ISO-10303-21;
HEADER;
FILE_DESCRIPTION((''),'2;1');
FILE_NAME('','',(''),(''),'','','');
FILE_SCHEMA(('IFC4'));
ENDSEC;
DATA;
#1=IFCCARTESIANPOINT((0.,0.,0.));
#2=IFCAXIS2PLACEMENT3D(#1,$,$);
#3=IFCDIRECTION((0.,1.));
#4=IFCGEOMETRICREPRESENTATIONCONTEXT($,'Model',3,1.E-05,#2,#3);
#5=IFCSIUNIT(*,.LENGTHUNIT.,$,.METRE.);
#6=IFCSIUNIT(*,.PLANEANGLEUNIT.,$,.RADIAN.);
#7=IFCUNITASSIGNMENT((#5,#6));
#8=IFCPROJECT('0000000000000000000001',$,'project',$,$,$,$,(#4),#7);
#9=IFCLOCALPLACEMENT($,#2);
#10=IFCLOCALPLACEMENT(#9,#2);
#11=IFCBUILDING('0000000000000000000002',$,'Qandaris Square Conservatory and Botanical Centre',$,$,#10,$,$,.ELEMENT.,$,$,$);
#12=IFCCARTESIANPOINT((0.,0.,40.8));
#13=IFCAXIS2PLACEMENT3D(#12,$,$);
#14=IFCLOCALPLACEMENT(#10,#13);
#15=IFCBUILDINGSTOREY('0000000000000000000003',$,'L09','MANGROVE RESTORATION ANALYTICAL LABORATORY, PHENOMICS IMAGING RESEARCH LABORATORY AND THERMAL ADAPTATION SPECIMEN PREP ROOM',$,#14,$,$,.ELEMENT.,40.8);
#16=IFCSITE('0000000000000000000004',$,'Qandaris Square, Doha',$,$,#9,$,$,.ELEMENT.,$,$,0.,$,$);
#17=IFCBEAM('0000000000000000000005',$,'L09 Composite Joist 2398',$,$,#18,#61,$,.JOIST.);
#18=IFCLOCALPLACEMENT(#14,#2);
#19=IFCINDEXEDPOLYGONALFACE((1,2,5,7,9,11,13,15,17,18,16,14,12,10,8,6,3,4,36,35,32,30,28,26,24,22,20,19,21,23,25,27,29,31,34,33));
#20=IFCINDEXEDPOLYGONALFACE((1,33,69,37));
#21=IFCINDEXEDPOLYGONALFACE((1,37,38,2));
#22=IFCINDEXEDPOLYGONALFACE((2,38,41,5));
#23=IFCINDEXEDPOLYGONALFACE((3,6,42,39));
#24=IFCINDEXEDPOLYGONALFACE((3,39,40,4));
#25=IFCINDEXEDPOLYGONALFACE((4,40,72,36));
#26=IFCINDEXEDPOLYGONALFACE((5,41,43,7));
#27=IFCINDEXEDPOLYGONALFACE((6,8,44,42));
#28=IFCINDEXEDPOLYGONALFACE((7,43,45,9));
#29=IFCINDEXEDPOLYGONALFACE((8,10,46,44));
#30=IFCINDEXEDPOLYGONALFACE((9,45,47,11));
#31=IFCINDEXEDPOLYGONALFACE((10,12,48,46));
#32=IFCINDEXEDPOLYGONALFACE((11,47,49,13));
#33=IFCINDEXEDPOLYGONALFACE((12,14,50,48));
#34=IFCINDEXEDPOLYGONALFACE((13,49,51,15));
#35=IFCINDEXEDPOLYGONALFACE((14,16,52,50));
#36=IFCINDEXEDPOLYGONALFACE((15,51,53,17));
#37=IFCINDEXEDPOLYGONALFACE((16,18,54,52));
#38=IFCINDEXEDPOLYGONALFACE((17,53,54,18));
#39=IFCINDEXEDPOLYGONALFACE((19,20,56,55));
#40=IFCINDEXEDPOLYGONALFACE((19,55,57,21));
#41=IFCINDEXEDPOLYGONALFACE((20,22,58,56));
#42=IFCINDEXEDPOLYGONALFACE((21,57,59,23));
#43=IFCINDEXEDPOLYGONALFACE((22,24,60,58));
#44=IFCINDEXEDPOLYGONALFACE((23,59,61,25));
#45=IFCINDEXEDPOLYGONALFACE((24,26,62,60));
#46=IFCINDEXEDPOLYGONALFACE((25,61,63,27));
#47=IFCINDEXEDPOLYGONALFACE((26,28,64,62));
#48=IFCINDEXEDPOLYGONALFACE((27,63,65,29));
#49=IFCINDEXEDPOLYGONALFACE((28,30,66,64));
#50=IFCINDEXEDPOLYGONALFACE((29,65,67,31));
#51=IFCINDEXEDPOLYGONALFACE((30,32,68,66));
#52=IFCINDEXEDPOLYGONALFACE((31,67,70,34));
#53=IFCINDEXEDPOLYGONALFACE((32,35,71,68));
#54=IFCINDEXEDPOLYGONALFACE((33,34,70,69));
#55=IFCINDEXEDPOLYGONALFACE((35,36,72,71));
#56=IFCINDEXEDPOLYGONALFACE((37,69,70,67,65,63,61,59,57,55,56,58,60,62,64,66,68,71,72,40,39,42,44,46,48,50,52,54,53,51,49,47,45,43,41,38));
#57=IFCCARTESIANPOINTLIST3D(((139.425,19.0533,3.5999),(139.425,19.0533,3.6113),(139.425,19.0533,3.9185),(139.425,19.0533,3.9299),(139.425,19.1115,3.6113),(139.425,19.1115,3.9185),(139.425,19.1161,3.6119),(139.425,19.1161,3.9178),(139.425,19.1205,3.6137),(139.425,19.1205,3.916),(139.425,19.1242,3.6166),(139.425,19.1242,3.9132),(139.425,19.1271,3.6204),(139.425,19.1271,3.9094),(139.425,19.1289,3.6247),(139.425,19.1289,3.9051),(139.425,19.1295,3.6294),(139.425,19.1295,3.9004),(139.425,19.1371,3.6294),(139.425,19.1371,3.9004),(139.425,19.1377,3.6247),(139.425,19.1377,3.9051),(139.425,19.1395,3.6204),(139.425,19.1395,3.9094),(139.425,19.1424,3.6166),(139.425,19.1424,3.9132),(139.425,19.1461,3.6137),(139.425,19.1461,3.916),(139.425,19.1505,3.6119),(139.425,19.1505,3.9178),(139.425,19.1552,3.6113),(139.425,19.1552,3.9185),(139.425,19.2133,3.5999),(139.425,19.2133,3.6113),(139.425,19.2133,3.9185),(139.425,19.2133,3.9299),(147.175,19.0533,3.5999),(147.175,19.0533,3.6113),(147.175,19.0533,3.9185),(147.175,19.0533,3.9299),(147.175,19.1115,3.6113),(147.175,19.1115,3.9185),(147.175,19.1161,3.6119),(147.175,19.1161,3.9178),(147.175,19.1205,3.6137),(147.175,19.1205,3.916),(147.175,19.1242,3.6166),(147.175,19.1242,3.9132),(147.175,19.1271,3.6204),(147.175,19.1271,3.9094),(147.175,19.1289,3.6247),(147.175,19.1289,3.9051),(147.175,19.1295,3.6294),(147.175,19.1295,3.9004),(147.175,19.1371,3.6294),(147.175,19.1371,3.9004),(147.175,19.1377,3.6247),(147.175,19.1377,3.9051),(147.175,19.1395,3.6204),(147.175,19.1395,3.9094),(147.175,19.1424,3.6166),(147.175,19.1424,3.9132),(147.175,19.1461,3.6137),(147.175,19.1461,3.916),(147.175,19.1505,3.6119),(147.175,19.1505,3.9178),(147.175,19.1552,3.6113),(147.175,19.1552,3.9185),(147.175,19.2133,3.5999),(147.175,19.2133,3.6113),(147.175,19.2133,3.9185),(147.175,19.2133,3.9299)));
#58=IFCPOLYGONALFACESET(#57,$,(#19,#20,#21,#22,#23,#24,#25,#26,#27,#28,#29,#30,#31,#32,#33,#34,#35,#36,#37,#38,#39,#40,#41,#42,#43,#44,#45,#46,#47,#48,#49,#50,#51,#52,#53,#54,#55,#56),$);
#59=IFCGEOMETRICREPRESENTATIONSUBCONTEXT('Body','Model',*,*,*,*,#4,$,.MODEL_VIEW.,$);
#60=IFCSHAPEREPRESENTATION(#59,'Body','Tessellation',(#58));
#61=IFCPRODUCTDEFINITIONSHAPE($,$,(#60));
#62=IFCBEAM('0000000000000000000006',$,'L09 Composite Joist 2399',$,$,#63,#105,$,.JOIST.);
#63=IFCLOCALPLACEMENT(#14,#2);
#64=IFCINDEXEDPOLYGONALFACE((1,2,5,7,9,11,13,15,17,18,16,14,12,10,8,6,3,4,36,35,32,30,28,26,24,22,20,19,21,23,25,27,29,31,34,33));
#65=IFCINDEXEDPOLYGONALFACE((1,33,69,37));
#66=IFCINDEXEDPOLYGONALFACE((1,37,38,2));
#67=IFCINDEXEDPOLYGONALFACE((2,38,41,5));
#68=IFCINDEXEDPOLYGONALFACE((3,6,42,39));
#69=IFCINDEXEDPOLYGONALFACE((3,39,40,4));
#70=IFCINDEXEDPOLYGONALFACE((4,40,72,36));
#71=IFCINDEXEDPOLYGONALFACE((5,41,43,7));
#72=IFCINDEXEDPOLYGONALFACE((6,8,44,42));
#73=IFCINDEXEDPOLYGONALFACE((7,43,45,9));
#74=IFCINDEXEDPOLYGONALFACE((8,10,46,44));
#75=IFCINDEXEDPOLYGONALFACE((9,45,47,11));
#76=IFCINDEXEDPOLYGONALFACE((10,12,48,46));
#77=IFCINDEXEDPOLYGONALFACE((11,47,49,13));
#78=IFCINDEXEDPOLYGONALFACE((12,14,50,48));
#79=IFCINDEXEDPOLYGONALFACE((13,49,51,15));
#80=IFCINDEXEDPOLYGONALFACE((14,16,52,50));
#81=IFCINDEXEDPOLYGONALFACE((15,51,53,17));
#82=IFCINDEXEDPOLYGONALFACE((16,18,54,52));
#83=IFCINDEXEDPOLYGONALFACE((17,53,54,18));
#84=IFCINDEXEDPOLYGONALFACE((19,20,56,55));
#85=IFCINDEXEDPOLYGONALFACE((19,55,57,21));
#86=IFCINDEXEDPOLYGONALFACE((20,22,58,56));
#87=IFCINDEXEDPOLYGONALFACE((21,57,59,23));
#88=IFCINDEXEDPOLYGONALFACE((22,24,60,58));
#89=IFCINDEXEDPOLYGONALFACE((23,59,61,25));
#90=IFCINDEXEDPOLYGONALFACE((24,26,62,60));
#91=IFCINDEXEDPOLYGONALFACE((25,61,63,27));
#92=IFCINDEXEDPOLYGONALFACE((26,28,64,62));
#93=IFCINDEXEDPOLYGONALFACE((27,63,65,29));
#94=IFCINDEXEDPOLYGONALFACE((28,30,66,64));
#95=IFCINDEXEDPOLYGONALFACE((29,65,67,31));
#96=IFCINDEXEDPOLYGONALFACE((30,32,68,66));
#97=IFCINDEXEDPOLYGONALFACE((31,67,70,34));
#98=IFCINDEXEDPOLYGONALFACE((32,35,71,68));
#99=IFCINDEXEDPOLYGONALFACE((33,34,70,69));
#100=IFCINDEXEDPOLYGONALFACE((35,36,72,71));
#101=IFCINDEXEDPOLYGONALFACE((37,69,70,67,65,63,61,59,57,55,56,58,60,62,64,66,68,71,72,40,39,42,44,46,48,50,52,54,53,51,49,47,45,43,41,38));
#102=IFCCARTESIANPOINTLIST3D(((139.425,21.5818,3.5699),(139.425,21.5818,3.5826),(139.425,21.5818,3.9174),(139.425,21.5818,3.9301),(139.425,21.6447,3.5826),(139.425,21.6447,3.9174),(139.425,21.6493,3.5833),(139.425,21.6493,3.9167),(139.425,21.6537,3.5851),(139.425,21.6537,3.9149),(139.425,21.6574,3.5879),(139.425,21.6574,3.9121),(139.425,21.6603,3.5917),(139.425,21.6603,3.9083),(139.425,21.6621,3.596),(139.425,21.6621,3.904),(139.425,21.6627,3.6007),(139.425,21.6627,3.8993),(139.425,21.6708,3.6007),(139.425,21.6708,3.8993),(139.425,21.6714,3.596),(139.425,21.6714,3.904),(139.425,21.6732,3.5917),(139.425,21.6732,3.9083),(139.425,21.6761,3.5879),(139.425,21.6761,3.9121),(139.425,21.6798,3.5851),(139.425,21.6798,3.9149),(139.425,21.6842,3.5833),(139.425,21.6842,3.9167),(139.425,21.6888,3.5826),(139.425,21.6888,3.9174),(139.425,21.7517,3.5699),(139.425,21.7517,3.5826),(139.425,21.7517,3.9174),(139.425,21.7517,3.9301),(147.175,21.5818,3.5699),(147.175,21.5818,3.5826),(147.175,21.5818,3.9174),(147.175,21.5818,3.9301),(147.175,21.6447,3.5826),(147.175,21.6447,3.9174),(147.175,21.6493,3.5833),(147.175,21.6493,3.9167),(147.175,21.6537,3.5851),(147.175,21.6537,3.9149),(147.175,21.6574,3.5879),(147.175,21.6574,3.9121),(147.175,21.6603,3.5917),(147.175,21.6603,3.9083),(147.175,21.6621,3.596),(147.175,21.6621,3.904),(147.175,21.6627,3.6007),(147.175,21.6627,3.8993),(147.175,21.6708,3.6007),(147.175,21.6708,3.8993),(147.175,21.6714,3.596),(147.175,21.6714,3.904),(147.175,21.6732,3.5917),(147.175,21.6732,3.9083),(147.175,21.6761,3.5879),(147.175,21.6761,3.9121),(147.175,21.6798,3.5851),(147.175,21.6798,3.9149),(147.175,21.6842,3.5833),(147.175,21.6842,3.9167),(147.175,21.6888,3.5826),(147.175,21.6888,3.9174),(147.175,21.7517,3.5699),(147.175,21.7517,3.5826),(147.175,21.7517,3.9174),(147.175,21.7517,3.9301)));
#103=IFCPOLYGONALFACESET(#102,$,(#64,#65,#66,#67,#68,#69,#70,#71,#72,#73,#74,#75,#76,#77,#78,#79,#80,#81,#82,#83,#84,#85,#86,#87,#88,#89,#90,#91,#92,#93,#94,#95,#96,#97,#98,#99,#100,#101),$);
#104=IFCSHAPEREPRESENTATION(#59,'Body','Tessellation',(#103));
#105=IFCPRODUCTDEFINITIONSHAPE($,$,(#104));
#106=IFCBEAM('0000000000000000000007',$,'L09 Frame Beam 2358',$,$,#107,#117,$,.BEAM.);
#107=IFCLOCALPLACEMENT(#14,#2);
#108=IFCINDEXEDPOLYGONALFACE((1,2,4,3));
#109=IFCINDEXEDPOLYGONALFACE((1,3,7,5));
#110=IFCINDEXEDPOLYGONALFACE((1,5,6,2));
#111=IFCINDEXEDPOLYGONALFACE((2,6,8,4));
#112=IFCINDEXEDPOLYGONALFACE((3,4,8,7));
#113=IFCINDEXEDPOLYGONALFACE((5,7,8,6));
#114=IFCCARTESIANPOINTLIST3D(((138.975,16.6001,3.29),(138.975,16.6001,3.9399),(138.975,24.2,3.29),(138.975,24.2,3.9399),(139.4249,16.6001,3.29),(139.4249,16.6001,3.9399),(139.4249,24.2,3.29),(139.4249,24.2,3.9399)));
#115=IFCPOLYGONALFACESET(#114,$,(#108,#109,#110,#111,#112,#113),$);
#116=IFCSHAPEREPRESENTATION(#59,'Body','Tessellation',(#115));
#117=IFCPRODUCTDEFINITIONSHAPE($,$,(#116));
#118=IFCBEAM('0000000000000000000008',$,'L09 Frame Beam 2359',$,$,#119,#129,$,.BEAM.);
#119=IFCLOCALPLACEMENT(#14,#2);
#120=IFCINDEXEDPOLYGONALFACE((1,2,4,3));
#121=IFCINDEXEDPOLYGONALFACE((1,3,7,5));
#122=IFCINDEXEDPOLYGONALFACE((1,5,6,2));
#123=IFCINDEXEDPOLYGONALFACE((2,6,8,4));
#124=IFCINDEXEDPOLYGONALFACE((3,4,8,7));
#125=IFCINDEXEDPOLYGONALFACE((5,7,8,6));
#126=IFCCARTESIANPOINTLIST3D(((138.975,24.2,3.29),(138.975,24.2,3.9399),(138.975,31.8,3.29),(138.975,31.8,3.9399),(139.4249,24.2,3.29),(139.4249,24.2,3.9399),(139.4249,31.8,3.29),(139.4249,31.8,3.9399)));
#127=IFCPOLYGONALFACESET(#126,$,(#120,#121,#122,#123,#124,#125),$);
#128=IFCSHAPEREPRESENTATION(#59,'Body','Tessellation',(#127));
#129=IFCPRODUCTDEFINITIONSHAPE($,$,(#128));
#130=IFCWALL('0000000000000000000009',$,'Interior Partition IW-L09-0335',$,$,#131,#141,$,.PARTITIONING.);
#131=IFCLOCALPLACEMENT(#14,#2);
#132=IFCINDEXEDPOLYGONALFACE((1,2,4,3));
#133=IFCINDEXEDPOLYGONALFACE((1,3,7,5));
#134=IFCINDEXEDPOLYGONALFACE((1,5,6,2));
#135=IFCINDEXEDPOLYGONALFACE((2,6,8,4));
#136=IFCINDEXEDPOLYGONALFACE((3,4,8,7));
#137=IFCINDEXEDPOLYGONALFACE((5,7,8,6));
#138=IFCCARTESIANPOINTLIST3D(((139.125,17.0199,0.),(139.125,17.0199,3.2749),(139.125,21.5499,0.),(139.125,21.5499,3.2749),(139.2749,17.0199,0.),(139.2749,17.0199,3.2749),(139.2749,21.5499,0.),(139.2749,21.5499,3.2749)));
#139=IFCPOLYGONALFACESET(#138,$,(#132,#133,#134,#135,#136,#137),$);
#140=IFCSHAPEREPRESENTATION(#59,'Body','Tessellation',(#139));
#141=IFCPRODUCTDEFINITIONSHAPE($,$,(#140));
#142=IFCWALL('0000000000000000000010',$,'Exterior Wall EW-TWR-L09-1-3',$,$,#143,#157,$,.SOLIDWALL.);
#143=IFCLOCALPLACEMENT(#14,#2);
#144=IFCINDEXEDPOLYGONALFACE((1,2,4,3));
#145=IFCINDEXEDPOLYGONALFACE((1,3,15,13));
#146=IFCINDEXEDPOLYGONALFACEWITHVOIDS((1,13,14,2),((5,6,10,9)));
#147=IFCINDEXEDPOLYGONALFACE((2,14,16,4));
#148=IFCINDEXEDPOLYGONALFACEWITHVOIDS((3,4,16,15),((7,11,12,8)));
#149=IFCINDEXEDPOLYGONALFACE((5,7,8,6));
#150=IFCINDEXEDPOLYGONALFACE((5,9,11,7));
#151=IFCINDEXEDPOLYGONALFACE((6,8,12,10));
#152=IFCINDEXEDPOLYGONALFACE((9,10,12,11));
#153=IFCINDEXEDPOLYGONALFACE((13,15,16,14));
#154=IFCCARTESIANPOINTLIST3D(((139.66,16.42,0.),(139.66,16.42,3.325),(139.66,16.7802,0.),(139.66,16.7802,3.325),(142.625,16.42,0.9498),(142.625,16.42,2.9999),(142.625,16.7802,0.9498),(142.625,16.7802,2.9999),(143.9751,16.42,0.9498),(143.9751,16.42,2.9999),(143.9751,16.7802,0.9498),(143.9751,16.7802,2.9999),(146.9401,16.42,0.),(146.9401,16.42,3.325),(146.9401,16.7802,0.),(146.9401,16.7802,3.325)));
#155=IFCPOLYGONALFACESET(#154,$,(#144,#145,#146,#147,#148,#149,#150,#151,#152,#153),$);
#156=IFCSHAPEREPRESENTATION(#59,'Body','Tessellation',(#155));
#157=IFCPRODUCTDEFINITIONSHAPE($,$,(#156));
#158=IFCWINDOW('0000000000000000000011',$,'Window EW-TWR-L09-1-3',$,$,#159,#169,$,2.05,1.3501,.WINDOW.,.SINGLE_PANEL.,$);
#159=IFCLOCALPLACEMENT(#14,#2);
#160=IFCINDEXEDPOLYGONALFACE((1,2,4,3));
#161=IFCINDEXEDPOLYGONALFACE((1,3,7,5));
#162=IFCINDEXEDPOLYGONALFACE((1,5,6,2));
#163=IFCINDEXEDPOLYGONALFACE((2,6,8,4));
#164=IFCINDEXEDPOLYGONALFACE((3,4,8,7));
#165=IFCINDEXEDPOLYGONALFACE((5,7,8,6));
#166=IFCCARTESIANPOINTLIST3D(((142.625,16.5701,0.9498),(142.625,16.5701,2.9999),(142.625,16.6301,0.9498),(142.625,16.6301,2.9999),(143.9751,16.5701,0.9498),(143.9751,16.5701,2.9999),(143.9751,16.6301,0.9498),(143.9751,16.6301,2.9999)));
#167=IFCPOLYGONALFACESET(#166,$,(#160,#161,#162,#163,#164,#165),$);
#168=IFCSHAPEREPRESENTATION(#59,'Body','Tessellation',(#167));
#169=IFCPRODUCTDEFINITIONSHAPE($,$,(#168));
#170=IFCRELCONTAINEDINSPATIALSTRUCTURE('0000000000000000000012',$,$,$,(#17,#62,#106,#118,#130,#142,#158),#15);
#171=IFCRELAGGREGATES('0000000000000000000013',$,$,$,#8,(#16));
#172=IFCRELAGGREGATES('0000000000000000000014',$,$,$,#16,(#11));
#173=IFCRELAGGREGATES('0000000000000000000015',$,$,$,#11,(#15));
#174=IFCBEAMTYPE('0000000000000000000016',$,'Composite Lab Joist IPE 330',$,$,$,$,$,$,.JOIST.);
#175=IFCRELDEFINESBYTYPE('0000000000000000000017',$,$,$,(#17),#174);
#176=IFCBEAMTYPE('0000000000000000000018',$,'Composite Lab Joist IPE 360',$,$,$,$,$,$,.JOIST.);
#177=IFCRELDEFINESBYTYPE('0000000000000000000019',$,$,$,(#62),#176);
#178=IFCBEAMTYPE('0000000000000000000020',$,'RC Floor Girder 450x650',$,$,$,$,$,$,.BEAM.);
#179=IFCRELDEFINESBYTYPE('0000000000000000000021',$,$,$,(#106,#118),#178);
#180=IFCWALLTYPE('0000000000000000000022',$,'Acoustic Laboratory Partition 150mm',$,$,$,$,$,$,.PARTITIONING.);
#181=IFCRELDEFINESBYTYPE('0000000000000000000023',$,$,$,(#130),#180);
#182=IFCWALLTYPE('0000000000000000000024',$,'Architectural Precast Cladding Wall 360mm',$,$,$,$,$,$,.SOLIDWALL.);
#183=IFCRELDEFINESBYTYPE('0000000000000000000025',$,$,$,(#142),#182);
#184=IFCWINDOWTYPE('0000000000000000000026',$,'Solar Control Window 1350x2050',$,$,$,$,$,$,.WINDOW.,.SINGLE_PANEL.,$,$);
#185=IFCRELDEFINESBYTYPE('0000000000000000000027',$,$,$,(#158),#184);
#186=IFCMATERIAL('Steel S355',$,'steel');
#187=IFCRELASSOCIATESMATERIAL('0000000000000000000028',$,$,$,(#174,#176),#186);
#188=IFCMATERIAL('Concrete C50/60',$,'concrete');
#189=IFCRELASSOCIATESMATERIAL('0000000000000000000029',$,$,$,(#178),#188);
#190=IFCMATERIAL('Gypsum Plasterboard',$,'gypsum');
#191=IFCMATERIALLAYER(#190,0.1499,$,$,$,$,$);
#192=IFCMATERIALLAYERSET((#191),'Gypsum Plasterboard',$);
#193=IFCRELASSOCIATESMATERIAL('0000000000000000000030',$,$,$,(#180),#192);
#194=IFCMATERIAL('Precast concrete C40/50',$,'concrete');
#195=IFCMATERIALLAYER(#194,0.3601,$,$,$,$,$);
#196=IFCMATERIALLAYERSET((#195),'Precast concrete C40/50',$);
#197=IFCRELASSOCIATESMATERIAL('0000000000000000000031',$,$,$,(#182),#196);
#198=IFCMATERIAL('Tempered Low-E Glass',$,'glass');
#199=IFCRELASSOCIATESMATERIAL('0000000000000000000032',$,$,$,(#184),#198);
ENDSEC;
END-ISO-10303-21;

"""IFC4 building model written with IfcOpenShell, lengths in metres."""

from ifc_helpers import new_model, si_unit, direction, frame, frame_2d, origin, origin_2d, place, context, subcontext, project, spatial, rectangle, i_section, extrude, material, layer, layer_set, material_profile, profile_set, type_object, element, fill, save


model = new_model("IFC4")

# Units and contexts
model_context = context("Model", 3, precision=1e-05, world=origin(), true_north=direction((0.0, 1.0)))
body_context = subcontext(model_context, "Body", "Model", "MODEL_VIEW")
ifc_project = project(units=[si_unit("LENGTHUNIT", "METRE"), si_unit("PLANEANGLEUNIT", "RADIAN")], contexts=[model_context])

# Site, building, storey
site_placement = place(None, origin())
site = spatial("IfcSite", under=ifc_project, at=site_placement, Name="Qandaris Square, Doha", CompositionType="ELEMENT", RefElevation=0.0)
building_placement = place(site_placement, origin())
building = spatial("IfcBuilding", under=site, at=building_placement, Name="Qandaris Square Conservatory and Botanical Centre", CompositionType="ELEMENT")
storey_placement = place(building_placement, frame((0.0, 0.0, 40.8)))
storey = spatial("IfcBuildingStorey", under=building, at=storey_placement, Name="L09", Description="MANGROVE RESTORATION ANALYTICAL LABORATORY, PHENOMICS IMAGING RESEARCH LABORATORY AND THERMAL ADAPTATION SPECIMEN PREP ROOM", CompositionType="ELEMENT", Elevation=40.8)

# Beams
ifc_material_1 = material(Name="Steel S355", Category="steel")
ifc_material_profile_1 = material_profile(ifc_material_1, i_section(OverallWidth=0.1599, OverallDepth=0.3301, WebThickness=0.0076, FlangeThickness=0.0115, FilletRadius=0.0181, at=origin_2d()), Name="IPE 330")
ifc_profile_set_1 = profile_set([ifc_material_profile_1], Name="Steel S355")
beam_type_1 = type_object("IfcBeamType", Name="Composite Lab Joist IPE 330", PredefinedType="JOIST", material=ifc_profile_set_1)
beam_1_placement = place(storey_placement, frame((139.425, 19.1333, 3.7649), z_axis=(1.0, 0.0, 0.0), x_axis=(0.0, 1.0, 0.0)))
element("IfcBeam", 1, at=beam_1_placement, inside=storey, type_object=beam_type_1, Name="L09 Composite Joist 2398", PredefinedType="JOIST", context=body_context, shape_type="SweptSolid", body=[
    extrude(i_section(OverallWidth=0.1599, OverallDepth=0.3301, WebThickness=0.0076, FlangeThickness=0.0115, FilletRadius=0.0181, at=origin_2d()), origin(), (0.0, 0.0, 1.0), 7.75),
])
ifc_material_profile_2 = material_profile(ifc_material_1, i_section(OverallWidth=0.1699, OverallDepth=0.3601, WebThickness=0.0081, FlangeThickness=0.0127, FilletRadius=0.0181, at=origin_2d()), Name="IPE 360")
ifc_profile_set_2 = profile_set([ifc_material_profile_2], Name="Steel S355")
beam_type_2 = type_object("IfcBeamType", Name="Composite Lab Joist IPE 360", PredefinedType="JOIST", material=ifc_profile_set_2)
beam_2_placement = place(storey_placement, frame((139.425, 21.6667, 3.75), z_axis=(1.0, 0.0, 0.0), x_axis=(0.0, 1.0, 0.0)))
element("IfcBeam", 2, at=beam_2_placement, inside=storey, type_object=beam_type_2, Name="L09 Composite Joist 2399", PredefinedType="JOIST", context=body_context, shape_type="SweptSolid", body=[
    extrude(i_section(OverallWidth=0.1699, OverallDepth=0.3601, WebThickness=0.0081, FlangeThickness=0.0127, FilletRadius=0.0181, at=origin_2d()), origin(), (0.0, 0.0, 1.0), 7.75),
])
ifc_material_2 = material(Name="Concrete C50/60", Category="concrete")
ifc_material_profile_3 = material_profile(ifc_material_2, rectangle(XDim=0.45, YDim=0.6499, at=origin_2d()), Name="RC-BM 450x650")
ifc_profile_set_3 = profile_set([ifc_material_profile_3], Name="Concrete C50/60")
beam_type_3 = type_object("IfcBeamType", Name="RC Floor Girder 450x650", PredefinedType="BEAM", material=ifc_profile_set_3)
beam_3_placement = place(storey_placement, frame((139.2, 16.6001, 3.615), z_axis=(0.0, 1.0, 0.0), x_axis=(-1.0, 0.0, 0.0)))
element("IfcBeam", 3, at=beam_3_placement, inside=storey, type_object=beam_type_3, Name="L09 Frame Beam 2358", PredefinedType="BEAM", context=body_context, shape_type="SweptSolid", body=[
    extrude(rectangle(XDim=0.45, YDim=0.6499, at=origin_2d()), origin(), (0.0, 0.0, 1.0), 7.5999),
])
beam_4_placement = place(storey_placement, frame((139.2, 24.2, 3.615), z_axis=(0.0, 1.0, 0.0), x_axis=(-1.0, 0.0, 0.0)))
element("IfcBeam", 4, at=beam_4_placement, inside=storey, type_object=beam_type_3, Name="L09 Frame Beam 2359", PredefinedType="BEAM", context=body_context, shape_type="SweptSolid", body=[
    extrude(rectangle(XDim=0.45, YDim=0.6499, at=origin_2d()), origin(), (0.0, 0.0, 1.0), 7.6001),
])

# Wall
ifc_material_3 = material(Name="Gypsum Plasterboard", Category="gypsum")
ifc_layer_1 = layer(ifc_material_3, 0.1499)
ifc_layer_set_1 = layer_set([ifc_layer_1], Name="Gypsum Plasterboard")
wall_type_1 = type_object("IfcWallType", Name="Acoustic Laboratory Partition 150mm", PredefinedType="PARTITIONING", material=ifc_layer_set_1)
wall_1_placement = place(storey_placement, frame((139.2, 21.55, 0.0), z_axis=(0.0, 0.0, 1.0), x_axis=(0.0, -1.0, 0.0)))
element("IfcWall", 5, at=wall_1_placement, inside=storey, type_object=wall_type_1, Name="Interior Partition IW-L09-0335", PredefinedType="PARTITIONING", context=body_context, shape_type="SweptSolid", body=[
    extrude(rectangle(XDim=4.53, YDim=0.1499, at=frame_2d((2.2651, 0.0))), origin(), (0.0, 0.0, 1.0), 3.2749),
])

# Wall, opening, window
ifc_material_4 = material(Name="Precast concrete C40/50", Category="concrete")
ifc_layer_2 = layer(ifc_material_4, 0.3601)
ifc_layer_set_2 = layer_set([ifc_layer_2], Name="Precast concrete C40/50")
wall_type_2 = type_object("IfcWallType", Name="Architectural Precast Cladding Wall 360mm", PredefinedType="SOLIDWALL", material=ifc_layer_set_2)
wall_2_placement = place(storey_placement, frame((139.6599, 16.6001, 0.0), z_axis=(0.0, 0.0, 1.0), x_axis=(1.0, 0.0, 0.0)))
wall_2 = element("IfcWall", 6, at=wall_2_placement, inside=storey, type_object=wall_type_2, Name="Exterior Wall EW-TWR-L09-1-3", PredefinedType="SOLIDWALL", context=body_context, shape_type="SweptSolid", body=[
    extrude(rectangle(XDim=7.28, YDim=0.3601, at=frame_2d((3.6401, 0.0))), origin(), (0.0, 0.0, 1.0), 3.325),
])
opening_1_placement = place(wall_2_placement, frame((2.9651, 0.0, 0.95)))
opening_1 = element("IfcOpeningElement", 7, at=opening_1_placement, cuts=wall_2, PredefinedType="OPENING", context=body_context, shape_type="SweptSolid", body=[
    extrude(rectangle(XDim=1.3501, YDim=2.05, at=frame_2d((0.675, 1.0249))), frame((0.0, 0.1919, 0.0), z_axis=(0.0, -1.0, 0.0), x_axis=(1.0, 0.0, 0.0)), (0.0, 0.0, 1.0), 0.384),
])
ifc_material_5 = material(Name="Tempered Low-E Glass", Category="glass")
window_type = type_object("IfcWindowType", Name="Solar Control Window 1350x2050", PartitioningType="SINGLE_PANEL", PredefinedType="WINDOW", material=ifc_material_5)
window_placement = place(opening_1_placement, origin())
window = element("IfcWindow", 8, at=window_placement, inside=storey, type_object=window_type, Name="Window EW-TWR-L09-1-3", OverallHeight=2.05, OverallWidth=1.3501, PartitioningType="SINGLE_PANEL", PredefinedType="WINDOW", context=body_context, shape_type="SweptSolid", body=[
    extrude(rectangle(XDim=1.3501, YDim=2.05, at=frame_2d((0.675, 1.0249))), frame((0.0, 0.03, 0.0), z_axis=(0.0, -1.0, 0.0), x_axis=(1.0, 0.0, 0.0)), (0.0, 0.0, 1.0), 0.0601),
])
fill(opening_1, window)

save(model, "model.ifc")
